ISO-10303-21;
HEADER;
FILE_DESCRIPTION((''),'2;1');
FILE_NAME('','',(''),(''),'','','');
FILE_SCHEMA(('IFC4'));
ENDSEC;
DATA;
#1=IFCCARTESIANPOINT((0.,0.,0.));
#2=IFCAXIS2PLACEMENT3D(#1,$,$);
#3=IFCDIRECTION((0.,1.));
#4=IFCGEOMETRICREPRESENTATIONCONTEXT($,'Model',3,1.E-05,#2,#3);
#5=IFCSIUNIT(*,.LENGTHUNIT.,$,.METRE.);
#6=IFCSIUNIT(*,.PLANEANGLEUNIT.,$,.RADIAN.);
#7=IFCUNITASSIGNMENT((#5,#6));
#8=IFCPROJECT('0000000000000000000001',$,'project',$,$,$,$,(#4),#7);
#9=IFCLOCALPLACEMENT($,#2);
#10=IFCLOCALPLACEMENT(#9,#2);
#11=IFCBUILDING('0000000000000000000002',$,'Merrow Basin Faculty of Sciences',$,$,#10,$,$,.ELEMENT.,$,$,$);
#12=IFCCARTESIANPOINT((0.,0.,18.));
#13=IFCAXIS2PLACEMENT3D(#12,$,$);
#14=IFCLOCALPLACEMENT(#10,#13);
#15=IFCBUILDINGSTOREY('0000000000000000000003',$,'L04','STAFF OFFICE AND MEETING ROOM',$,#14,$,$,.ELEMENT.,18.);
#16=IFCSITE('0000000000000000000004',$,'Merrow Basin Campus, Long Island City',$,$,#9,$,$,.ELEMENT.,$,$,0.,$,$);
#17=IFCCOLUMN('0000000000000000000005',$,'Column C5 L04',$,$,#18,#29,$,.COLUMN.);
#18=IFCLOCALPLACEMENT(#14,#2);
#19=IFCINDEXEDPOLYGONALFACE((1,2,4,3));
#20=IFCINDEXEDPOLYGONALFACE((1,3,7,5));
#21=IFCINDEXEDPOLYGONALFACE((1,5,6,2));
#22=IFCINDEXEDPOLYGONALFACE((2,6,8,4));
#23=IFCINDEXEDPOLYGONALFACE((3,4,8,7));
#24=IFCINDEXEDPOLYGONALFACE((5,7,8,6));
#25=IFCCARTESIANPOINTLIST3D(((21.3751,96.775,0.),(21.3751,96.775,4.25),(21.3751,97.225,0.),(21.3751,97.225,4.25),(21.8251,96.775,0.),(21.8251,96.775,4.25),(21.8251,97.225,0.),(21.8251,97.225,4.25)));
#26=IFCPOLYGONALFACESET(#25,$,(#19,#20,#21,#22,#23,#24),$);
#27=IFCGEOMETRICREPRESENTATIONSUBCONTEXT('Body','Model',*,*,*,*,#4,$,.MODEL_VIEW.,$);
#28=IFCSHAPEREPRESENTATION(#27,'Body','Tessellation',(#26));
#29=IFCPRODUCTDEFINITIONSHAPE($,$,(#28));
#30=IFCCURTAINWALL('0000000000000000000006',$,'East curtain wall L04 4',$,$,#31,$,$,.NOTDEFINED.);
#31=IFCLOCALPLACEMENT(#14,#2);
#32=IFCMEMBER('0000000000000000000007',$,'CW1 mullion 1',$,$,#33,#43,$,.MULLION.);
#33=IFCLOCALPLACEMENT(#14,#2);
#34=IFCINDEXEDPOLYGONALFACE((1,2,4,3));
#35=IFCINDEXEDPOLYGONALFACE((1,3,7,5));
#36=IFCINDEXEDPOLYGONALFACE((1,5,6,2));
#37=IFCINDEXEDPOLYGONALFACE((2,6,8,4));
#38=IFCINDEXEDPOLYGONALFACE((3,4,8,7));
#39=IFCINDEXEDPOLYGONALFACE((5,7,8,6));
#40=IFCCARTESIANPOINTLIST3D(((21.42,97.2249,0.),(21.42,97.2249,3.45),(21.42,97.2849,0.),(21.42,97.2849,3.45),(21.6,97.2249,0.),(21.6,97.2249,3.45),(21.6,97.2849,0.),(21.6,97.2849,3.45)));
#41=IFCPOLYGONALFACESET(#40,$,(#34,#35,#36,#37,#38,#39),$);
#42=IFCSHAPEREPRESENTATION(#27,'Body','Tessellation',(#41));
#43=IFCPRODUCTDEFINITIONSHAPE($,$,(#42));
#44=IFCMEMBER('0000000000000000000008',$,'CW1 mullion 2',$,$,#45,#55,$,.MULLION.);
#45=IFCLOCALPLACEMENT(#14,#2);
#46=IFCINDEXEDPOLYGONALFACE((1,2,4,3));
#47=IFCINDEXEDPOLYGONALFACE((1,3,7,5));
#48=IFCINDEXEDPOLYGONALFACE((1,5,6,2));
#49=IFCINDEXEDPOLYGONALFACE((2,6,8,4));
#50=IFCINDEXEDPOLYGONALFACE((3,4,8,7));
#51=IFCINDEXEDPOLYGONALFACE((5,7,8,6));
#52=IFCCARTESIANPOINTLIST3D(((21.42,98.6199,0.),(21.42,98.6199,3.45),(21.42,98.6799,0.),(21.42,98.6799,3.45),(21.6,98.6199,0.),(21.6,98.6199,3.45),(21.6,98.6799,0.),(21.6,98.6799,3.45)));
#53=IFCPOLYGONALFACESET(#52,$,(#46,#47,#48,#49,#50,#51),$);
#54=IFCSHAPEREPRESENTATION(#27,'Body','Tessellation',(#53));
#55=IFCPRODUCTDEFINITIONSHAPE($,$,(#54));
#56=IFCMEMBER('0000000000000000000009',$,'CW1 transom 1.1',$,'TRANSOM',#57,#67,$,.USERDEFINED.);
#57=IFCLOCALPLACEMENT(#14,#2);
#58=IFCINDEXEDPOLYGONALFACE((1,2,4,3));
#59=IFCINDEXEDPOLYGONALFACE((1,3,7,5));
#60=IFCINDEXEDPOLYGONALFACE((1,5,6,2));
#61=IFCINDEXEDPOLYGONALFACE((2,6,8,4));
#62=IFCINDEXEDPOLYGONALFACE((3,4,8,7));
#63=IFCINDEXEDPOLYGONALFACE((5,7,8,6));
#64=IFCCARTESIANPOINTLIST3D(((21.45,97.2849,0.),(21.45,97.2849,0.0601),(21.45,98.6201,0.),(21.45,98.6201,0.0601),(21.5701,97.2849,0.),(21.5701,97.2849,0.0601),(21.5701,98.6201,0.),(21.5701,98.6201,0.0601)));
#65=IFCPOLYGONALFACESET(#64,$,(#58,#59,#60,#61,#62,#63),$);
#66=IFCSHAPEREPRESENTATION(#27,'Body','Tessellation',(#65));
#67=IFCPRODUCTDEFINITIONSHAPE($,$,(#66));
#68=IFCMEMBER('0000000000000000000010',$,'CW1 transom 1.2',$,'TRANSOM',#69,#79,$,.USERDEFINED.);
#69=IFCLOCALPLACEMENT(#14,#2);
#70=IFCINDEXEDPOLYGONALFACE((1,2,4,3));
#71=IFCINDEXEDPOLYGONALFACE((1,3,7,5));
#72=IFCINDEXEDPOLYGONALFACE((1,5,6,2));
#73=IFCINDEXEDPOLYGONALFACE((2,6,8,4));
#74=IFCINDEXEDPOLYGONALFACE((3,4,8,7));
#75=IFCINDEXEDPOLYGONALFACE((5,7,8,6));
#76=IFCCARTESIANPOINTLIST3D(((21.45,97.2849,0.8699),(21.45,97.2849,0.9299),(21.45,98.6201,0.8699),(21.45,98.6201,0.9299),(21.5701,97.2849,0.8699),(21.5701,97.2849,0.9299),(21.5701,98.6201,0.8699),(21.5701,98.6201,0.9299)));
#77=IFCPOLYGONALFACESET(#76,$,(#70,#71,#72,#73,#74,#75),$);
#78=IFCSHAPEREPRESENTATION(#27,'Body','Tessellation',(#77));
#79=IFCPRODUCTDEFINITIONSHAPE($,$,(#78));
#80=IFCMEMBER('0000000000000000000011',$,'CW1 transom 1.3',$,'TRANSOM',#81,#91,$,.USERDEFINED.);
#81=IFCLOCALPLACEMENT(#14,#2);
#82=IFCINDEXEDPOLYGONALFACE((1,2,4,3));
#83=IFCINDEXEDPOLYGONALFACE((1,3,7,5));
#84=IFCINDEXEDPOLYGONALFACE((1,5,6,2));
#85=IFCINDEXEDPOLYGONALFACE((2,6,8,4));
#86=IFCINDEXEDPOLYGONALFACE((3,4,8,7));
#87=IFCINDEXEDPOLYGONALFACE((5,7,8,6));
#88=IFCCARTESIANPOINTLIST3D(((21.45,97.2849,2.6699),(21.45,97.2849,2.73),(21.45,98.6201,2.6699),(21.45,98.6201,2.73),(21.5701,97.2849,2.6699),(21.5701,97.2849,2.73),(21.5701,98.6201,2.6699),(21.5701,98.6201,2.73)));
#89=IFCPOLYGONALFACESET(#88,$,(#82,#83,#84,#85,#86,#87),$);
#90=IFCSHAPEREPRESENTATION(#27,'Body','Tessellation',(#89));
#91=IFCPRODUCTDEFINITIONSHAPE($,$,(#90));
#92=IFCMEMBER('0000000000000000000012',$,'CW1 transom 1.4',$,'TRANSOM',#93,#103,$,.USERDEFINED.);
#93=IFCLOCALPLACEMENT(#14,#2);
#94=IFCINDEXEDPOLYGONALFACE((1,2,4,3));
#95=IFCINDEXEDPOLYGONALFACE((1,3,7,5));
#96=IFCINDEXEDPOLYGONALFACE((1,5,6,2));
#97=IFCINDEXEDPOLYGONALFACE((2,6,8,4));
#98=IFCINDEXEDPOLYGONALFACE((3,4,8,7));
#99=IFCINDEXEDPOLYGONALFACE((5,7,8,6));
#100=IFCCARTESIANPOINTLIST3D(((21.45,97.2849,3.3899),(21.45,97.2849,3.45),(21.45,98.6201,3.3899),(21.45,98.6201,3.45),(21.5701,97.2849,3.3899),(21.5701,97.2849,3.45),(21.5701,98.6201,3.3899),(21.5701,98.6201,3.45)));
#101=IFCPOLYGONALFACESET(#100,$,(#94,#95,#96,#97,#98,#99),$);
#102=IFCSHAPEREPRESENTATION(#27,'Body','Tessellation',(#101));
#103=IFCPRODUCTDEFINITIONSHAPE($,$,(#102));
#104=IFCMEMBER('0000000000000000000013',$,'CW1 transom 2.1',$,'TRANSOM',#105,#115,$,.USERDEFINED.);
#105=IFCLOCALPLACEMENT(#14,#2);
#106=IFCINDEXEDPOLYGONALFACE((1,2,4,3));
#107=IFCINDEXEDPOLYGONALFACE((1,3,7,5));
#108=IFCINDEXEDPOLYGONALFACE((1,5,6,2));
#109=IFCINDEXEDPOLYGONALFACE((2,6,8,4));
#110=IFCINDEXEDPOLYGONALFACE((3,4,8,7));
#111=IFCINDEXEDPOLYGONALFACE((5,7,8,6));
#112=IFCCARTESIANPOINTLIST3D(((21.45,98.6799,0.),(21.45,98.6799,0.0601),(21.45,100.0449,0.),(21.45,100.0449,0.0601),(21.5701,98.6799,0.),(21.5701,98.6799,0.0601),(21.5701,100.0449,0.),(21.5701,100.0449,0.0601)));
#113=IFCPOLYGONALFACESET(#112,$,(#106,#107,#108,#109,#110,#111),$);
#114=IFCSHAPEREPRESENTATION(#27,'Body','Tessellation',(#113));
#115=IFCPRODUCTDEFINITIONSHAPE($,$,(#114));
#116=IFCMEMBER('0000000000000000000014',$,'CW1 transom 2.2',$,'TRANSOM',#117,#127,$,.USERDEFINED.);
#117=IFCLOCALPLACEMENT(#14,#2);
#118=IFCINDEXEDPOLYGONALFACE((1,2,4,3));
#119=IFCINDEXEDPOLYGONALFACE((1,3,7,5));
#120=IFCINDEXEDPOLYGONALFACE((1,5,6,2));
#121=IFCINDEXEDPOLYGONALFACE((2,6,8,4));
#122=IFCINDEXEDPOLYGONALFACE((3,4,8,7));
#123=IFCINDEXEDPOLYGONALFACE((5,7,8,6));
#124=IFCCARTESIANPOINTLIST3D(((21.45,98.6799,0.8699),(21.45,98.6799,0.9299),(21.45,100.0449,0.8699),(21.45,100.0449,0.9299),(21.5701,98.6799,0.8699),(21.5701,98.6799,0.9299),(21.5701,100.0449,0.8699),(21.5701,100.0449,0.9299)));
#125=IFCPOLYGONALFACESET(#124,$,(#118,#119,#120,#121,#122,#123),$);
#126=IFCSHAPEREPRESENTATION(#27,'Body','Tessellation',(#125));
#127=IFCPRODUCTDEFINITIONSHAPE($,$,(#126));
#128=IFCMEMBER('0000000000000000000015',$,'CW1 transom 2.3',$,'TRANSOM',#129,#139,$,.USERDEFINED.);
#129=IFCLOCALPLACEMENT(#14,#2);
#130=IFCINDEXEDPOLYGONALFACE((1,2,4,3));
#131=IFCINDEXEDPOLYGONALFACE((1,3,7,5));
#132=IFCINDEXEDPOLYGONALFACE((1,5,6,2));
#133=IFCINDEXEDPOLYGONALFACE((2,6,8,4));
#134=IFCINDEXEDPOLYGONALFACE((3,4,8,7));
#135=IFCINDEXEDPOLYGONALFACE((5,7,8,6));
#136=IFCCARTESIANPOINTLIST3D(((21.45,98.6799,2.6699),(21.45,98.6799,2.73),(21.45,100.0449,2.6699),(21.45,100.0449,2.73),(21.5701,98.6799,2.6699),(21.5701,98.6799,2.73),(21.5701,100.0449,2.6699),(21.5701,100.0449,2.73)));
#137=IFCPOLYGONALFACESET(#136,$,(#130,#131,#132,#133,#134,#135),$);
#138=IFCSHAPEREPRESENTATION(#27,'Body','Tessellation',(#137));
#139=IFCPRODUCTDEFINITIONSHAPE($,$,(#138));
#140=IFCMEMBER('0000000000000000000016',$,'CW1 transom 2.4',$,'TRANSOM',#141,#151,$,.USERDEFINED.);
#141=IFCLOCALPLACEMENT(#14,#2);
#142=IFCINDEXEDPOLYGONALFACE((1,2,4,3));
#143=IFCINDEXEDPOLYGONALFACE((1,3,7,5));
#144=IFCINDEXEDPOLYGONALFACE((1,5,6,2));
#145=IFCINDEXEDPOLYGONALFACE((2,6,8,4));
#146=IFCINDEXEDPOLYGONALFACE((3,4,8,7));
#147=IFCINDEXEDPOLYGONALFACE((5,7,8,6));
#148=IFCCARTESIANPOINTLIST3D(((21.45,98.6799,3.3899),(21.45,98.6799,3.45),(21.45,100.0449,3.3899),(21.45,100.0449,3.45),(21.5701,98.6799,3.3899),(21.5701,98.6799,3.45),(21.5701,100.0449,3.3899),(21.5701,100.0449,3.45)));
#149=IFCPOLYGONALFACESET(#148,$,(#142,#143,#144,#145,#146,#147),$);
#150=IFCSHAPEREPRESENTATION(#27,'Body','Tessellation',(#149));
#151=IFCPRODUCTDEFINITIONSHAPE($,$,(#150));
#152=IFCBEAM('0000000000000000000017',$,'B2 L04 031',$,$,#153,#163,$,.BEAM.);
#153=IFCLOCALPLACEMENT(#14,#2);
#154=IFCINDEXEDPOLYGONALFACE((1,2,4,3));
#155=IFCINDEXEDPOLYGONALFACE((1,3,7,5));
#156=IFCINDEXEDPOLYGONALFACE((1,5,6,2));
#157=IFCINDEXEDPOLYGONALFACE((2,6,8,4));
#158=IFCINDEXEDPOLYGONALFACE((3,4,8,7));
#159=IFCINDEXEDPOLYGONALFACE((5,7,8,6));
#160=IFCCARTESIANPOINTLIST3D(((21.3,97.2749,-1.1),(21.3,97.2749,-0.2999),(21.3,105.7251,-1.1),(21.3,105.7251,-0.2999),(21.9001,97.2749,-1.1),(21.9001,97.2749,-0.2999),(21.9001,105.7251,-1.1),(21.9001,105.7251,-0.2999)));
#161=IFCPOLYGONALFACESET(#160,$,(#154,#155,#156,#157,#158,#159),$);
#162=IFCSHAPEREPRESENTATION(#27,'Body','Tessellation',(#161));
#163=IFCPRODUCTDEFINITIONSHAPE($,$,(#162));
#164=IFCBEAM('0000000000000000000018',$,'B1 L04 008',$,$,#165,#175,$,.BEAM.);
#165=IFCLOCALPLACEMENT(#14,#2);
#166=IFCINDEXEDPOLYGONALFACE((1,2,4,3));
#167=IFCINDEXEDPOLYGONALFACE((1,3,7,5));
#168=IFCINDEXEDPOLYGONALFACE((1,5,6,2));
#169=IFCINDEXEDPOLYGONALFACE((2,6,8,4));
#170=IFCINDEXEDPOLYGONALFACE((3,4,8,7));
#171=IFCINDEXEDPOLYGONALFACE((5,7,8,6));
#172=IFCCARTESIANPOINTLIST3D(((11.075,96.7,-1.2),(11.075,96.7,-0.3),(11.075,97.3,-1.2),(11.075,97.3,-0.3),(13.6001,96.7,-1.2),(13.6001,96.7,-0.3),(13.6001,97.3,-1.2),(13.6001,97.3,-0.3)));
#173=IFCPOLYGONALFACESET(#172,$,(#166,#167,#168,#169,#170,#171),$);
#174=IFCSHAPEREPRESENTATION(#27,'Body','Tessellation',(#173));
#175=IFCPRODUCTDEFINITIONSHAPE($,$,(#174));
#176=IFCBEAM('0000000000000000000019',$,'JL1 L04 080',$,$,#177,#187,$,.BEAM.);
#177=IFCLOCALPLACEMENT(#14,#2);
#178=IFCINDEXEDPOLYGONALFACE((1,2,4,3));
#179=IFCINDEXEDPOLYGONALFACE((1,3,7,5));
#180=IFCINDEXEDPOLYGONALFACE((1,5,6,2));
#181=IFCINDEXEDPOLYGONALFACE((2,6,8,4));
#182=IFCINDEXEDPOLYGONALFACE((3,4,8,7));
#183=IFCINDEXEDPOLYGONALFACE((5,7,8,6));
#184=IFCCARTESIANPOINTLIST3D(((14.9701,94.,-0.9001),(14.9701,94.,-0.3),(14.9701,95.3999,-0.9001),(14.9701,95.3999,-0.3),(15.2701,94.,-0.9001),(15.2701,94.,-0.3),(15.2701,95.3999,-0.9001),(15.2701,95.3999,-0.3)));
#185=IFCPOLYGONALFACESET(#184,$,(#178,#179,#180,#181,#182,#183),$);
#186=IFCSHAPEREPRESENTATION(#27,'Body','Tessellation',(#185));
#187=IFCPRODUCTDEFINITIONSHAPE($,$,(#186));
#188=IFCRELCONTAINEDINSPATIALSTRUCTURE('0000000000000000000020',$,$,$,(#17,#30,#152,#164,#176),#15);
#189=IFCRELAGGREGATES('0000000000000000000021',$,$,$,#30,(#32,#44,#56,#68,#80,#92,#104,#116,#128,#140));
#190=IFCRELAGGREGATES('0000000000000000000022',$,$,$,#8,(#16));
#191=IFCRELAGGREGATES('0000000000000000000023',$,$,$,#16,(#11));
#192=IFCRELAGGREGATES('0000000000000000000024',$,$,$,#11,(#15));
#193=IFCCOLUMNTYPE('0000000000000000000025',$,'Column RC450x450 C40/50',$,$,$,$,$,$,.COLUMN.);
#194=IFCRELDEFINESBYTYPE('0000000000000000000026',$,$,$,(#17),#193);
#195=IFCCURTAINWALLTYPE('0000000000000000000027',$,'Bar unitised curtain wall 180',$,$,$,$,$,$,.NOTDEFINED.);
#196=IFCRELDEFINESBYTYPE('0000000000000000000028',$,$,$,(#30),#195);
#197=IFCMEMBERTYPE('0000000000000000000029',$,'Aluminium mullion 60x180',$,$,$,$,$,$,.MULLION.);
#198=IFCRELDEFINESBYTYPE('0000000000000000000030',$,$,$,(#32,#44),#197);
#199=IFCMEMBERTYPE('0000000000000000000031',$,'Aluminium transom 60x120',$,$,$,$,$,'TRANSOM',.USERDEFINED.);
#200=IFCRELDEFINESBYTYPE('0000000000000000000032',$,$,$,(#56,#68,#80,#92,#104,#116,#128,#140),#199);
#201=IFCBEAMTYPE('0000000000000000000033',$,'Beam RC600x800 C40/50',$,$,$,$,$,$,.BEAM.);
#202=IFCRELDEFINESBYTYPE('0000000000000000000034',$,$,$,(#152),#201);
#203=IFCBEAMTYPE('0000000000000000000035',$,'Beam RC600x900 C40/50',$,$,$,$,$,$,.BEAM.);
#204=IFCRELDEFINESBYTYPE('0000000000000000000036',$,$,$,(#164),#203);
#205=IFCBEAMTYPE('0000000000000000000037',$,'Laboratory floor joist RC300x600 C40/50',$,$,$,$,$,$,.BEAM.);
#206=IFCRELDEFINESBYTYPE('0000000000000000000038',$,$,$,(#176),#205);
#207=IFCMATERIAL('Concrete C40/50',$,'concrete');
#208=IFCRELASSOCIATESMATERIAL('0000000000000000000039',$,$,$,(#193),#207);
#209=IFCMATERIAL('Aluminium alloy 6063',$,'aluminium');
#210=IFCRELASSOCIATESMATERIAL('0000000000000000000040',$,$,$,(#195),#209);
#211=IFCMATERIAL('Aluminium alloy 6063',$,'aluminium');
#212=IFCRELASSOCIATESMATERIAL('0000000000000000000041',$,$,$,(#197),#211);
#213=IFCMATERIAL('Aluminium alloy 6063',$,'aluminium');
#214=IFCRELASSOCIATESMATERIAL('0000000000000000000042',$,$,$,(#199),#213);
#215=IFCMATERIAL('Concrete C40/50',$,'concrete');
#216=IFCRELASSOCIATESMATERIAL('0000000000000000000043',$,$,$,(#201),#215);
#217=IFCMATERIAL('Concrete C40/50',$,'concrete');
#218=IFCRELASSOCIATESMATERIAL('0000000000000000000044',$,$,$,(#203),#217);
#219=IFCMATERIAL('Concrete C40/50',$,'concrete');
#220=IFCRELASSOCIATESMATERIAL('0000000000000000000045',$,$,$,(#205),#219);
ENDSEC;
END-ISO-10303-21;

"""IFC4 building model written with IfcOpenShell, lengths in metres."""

from ifc_helpers import new_model, si_unit, direction, frame, origin, origin_2d, place, context, subcontext, project, spatial, rectangle, extrude, material, material_profile, profile_set, type_object, element, aggregate, save


model = new_model("IFC4")

# Units and contexts
model_context = context("Model", 3, precision=1e-05, world=origin(), true_north=direction((0.0, 1.0)))
body_context = subcontext(model_context, "Body", "Model", "MODEL_VIEW")
ifc_project = project(units=[si_unit("LENGTHUNIT", "METRE"), si_unit("PLANEANGLEUNIT", "RADIAN")], contexts=[model_context])

# Site, building, storey
site_placement = place(None, origin())
site = spatial("IfcSite", under=ifc_project, at=site_placement, Name="Merrow Basin Campus, Long Island City", CompositionType="ELEMENT", RefElevation=0.0)
building_placement = place(site_placement, origin())
building = spatial("IfcBuilding", under=site, at=building_placement, Name="Merrow Basin Faculty of Sciences", CompositionType="ELEMENT")
storey_placement = place(building_placement, frame((0.0, 0.0, 18.0)))
storey = spatial("IfcBuildingStorey", under=building, at=storey_placement, Name="L04", Description="STAFF OFFICE AND MEETING ROOM", CompositionType="ELEMENT", Elevation=18.0)

# Column
ifc_material_1 = material(Name="Concrete C40/50", Category="concrete")
ifc_material_profile_1 = material_profile(ifc_material_1, rectangle(XDim=0.45, YDim=0.45, at=origin_2d()))
ifc_profile_set_1 = profile_set([ifc_material_profile_1], Name="Concrete C40/50")
column_type = type_object("IfcColumnType", Name="Column RC450x450 C40/50", PredefinedType="COLUMN", material=ifc_profile_set_1)
column_placement = place(storey_placement, frame((21.6001, 97.0, 0.0), z_axis=(0.0, 0.0, 1.0), x_axis=(1.0, 0.0, 0.0)))
element("IfcColumn", 1, at=column_placement, inside=storey, type_object=column_type, Name="Column C5 L04", PredefinedType="COLUMN", context=body_context, shape_type="SweptSolid", body=[
    extrude(rectangle(XDim=0.45, YDim=0.45, at=origin_2d()), origin(), (0.0, 0.0, 1.0), 4.25),
])

# Curtain wall, members
ifc_material_2 = material(Name="Aluminium alloy 6063", Category="aluminium")
curtain_wall_type = type_object("IfcCurtainWallType", Name="Bar unitised curtain wall 180", PredefinedType="NOTDEFINED", material=ifc_material_2)
curtain_wall_placement = place(storey_placement, origin())
curtain_wall = element("IfcCurtainWall", 2, at=curtain_wall_placement, inside=storey, type_object=curtain_wall_type, Name="East curtain wall L04 4", PredefinedType="NOTDEFINED")
ifc_material_3 = material(Name="Aluminium alloy 6063", Category="aluminium")
ifc_material_profile_2 = material_profile(ifc_material_3, rectangle(XDim=0.1799, YDim=0.0601, at=origin_2d()))
ifc_profile_set_2 = profile_set([ifc_material_profile_2], Name="Aluminium alloy 6063")
member_type_1 = type_object("IfcMemberType", Name="Aluminium mullion 60x180", PredefinedType="MULLION", material=ifc_profile_set_2)
member_1_placement = place(storey_placement, frame((21.51, 97.2549, 0.0), z_axis=(0.0, 0.0, 1.0), x_axis=(-1.0, 0.0, 0.0)))
member_1 = element("IfcMember", 3, at=member_1_placement, type_object=member_type_1, Name="CW1 mullion 1", PredefinedType="MULLION", context=body_context, shape_type="SweptSolid", body=[
    extrude(rectangle(XDim=0.1799, YDim=0.0601, at=origin_2d()), origin(), (0.0, 0.0, 1.0), 3.45),
])
member_2_placement = place(storey_placement, frame((21.51, 98.6499, 0.0), z_axis=(0.0, 0.0, 1.0), x_axis=(-1.0, 0.0, 0.0)))
member_2 = element("IfcMember", 4, at=member_2_placement, type_object=member_type_1, Name="CW1 mullion 2", PredefinedType="MULLION", context=body_context, shape_type="SweptSolid", body=[
    extrude(rectangle(XDim=0.1799, YDim=0.0601, at=origin_2d()), origin(), (0.0, 0.0, 1.0), 3.45),
])
ifc_material_4 = material(Name="Aluminium alloy 6063", Category="aluminium")
ifc_material_profile_3 = material_profile(ifc_material_4, rectangle(XDim=0.1201, YDim=0.0601, at=origin_2d()))
ifc_profile_set_3 = profile_set([ifc_material_profile_3], Name="Aluminium alloy 6063")
member_type_2 = type_object("IfcMemberType", Name="Aluminium transom 60x120", ElementType="TRANSOM", PredefinedType="USERDEFINED", material=ifc_profile_set_3)
member_3_placement = place(storey_placement, frame((21.51, 97.2849, 0.03), z_axis=(0.0, 1.0, 0.0), x_axis=(-1.0, 0.0, 0.0)))
member_3 = element("IfcMember", 5, at=member_3_placement, type_object=member_type_2, Name="CW1 transom 1.1", ObjectType="TRANSOM", PredefinedType="USERDEFINED", context=body_context, shape_type="SweptSolid", body=[
    extrude(rectangle(XDim=0.1201, YDim=0.0601, at=origin_2d()), origin(), (0.0, 0.0, 1.0), 1.3352),
])
member_4_placement = place(storey_placement, frame((21.51, 97.2849, 0.8999), z_axis=(0.0, 1.0, 0.0), x_axis=(-1.0, 0.0, 0.0)))
member_4 = element("IfcMember", 6, at=member_4_placement, type_object=member_type_2, Name="CW1 transom 1.2", ObjectType="TRANSOM", PredefinedType="USERDEFINED", context=body_context, shape_type="SweptSolid", body=[
    extrude(rectangle(XDim=0.1201, YDim=0.0601, at=origin_2d()), origin(), (0.0, 0.0, 1.0), 1.3352),
])
member_5_placement = place(storey_placement, frame((21.51, 97.2849, 2.7), z_axis=(0.0, 1.0, 0.0), x_axis=(-1.0, 0.0, 0.0)))
member_5 = element("IfcMember", 7, at=member_5_placement, type_object=member_type_2, Name="CW1 transom 1.3", ObjectType="TRANSOM", PredefinedType="USERDEFINED", context=body_context, shape_type="SweptSolid", body=[
    extrude(rectangle(XDim=0.1201, YDim=0.0601, at=origin_2d()), origin(), (0.0, 0.0, 1.0), 1.3352),
])
member_6_placement = place(storey_placement, frame((21.51, 97.2849, 3.4199), z_axis=(0.0, 1.0, 0.0), x_axis=(-1.0, 0.0, 0.0)))
member_6 = element("IfcMember", 8, at=member_6_placement, type_object=member_type_2, Name="CW1 transom 1.4", ObjectType="TRANSOM", PredefinedType="USERDEFINED", context=body_context, shape_type="SweptSolid", body=[
    extrude(rectangle(XDim=0.1201, YDim=0.0601, at=origin_2d()), origin(), (0.0, 0.0, 1.0), 1.3352),
])
member_7_placement = place(storey_placement, frame((21.51, 98.6799, 0.03), z_axis=(0.0, 1.0, 0.0), x_axis=(-1.0, 0.0, 0.0)))
member_7 = element("IfcMember", 9, at=member_7_placement, type_object=member_type_2, Name="CW1 transom 2.1", ObjectType="TRANSOM", PredefinedType="USERDEFINED", context=body_context, shape_type="SweptSolid", body=[
    extrude(rectangle(XDim=0.1201, YDim=0.0601, at=origin_2d()), origin(), (0.0, 0.0, 1.0), 1.365),
])
member_8_placement = place(storey_placement, frame((21.51, 98.6799, 0.8999), z_axis=(0.0, 1.0, 0.0), x_axis=(-1.0, 0.0, 0.0)))
member_8 = element("IfcMember", 10, at=member_8_placement, type_object=member_type_2, Name="CW1 transom 2.2", ObjectType="TRANSOM", PredefinedType="USERDEFINED", context=body_context, shape_type="SweptSolid", body=[
    extrude(rectangle(XDim=0.1201, YDim=0.0601, at=origin_2d()), origin(), (0.0, 0.0, 1.0), 1.365),
])
member_9_placement = place(storey_placement, frame((21.51, 98.6799, 2.7), z_axis=(0.0, 1.0, 0.0), x_axis=(-1.0, 0.0, 0.0)))
member_9 = element("IfcMember", 11, at=member_9_placement, type_object=member_type_2, Name="CW1 transom 2.3", ObjectType="TRANSOM", PredefinedType="USERDEFINED", context=body_context, shape_type="SweptSolid", body=[
    extrude(rectangle(XDim=0.1201, YDim=0.0601, at=origin_2d()), origin(), (0.0, 0.0, 1.0), 1.365),
])
member_10_placement = place(storey_placement, frame((21.51, 98.6799, 3.4199), z_axis=(0.0, 1.0, 0.0), x_axis=(-1.0, 0.0, 0.0)))
member_10 = element("IfcMember", 12, at=member_10_placement, type_object=member_type_2, Name="CW1 transom 2.4", ObjectType="TRANSOM", PredefinedType="USERDEFINED", context=body_context, shape_type="SweptSolid", body=[
    extrude(rectangle(XDim=0.1201, YDim=0.0601, at=origin_2d()), origin(), (0.0, 0.0, 1.0), 1.365),
])

# Beams
ifc_material_5 = material(Name="Concrete C40/50", Category="concrete")
ifc_material_profile_4 = material_profile(ifc_material_5, rectangle(XDim=0.6001, YDim=0.8, at=origin_2d()))
ifc_profile_set_4 = profile_set([ifc_material_profile_4], Name="Concrete C40/50")
beam_type_1 = type_object("IfcBeamType", Name="Beam RC600x800 C40/50", PredefinedType="BEAM", material=ifc_profile_set_4)
beam_1_placement = place(storey_placement, frame((21.6001, 97.2749, -0.7), z_axis=(0.0, 1.0, 0.0), x_axis=(-1.0, 0.0, 0.0)))
element("IfcBeam", 13, at=beam_1_placement, inside=storey, type_object=beam_type_1, Name="B2 L04 031", PredefinedType="BEAM", context=body_context, shape_type="SweptSolid", body=[
    extrude(rectangle(XDim=0.6001, YDim=0.8, at=origin_2d()), origin(), (0.0, 0.0, 1.0), 8.4502),
])
ifc_material_6 = material(Name="Concrete C40/50", Category="concrete")
ifc_material_profile_5 = material_profile(ifc_material_6, rectangle(XDim=0.6001, YDim=0.8999, at=origin_2d()))
ifc_profile_set_5 = profile_set([ifc_material_profile_5], Name="Concrete C40/50")
beam_type_2 = type_object("IfcBeamType", Name="Beam RC600x900 C40/50", PredefinedType="BEAM", material=ifc_profile_set_5)
beam_2_placement = place(storey_placement, frame((11.075, 97.0, -0.75), z_axis=(1.0, 0.0, 0.0), x_axis=(0.0, 1.0, 0.0)))
element("IfcBeam", 14, at=beam_2_placement, inside=storey, type_object=beam_type_2, Name="B1 L04 008", PredefinedType="BEAM", context=body_context, shape_type="SweptSolid", body=[
    extrude(rectangle(XDim=0.6001, YDim=0.8999, at=origin_2d()), origin(), (0.0, 0.0, 1.0), 2.5251),
])
ifc_material_7 = material(Name="Concrete C40/50", Category="concrete")
ifc_material_profile_6 = material_profile(ifc_material_7, rectangle(XDim=0.3, YDim=0.6001, at=origin_2d()))
ifc_profile_set_6 = profile_set([ifc_material_profile_6], Name="Concrete C40/50")
beam_type_3 = type_object("IfcBeamType", Name="Laboratory floor joist RC300x600 C40/50", PredefinedType="BEAM", material=ifc_profile_set_6)
beam_3_placement = place(storey_placement, frame((15.1201, 94.0, -0.6001), z_axis=(0.0, 1.0, 0.0), x_axis=(-1.0, 0.0, 0.0)))
element("IfcBeam", 15, at=beam_3_placement, inside=storey, type_object=beam_type_3, Name="JL1 L04 080", PredefinedType="BEAM", context=body_context, shape_type="SweptSolid", body=[
    extrude(rectangle(XDim=0.3, YDim=0.6001, at=origin_2d()), origin(), (0.0, 0.0, 1.0), 1.3999),
])

aggregate(curtain_wall, [member_1, member_2, member_3, member_4, member_5, member_6, member_7, member_8, member_9, member_10])

save(model, "model.ifc")
